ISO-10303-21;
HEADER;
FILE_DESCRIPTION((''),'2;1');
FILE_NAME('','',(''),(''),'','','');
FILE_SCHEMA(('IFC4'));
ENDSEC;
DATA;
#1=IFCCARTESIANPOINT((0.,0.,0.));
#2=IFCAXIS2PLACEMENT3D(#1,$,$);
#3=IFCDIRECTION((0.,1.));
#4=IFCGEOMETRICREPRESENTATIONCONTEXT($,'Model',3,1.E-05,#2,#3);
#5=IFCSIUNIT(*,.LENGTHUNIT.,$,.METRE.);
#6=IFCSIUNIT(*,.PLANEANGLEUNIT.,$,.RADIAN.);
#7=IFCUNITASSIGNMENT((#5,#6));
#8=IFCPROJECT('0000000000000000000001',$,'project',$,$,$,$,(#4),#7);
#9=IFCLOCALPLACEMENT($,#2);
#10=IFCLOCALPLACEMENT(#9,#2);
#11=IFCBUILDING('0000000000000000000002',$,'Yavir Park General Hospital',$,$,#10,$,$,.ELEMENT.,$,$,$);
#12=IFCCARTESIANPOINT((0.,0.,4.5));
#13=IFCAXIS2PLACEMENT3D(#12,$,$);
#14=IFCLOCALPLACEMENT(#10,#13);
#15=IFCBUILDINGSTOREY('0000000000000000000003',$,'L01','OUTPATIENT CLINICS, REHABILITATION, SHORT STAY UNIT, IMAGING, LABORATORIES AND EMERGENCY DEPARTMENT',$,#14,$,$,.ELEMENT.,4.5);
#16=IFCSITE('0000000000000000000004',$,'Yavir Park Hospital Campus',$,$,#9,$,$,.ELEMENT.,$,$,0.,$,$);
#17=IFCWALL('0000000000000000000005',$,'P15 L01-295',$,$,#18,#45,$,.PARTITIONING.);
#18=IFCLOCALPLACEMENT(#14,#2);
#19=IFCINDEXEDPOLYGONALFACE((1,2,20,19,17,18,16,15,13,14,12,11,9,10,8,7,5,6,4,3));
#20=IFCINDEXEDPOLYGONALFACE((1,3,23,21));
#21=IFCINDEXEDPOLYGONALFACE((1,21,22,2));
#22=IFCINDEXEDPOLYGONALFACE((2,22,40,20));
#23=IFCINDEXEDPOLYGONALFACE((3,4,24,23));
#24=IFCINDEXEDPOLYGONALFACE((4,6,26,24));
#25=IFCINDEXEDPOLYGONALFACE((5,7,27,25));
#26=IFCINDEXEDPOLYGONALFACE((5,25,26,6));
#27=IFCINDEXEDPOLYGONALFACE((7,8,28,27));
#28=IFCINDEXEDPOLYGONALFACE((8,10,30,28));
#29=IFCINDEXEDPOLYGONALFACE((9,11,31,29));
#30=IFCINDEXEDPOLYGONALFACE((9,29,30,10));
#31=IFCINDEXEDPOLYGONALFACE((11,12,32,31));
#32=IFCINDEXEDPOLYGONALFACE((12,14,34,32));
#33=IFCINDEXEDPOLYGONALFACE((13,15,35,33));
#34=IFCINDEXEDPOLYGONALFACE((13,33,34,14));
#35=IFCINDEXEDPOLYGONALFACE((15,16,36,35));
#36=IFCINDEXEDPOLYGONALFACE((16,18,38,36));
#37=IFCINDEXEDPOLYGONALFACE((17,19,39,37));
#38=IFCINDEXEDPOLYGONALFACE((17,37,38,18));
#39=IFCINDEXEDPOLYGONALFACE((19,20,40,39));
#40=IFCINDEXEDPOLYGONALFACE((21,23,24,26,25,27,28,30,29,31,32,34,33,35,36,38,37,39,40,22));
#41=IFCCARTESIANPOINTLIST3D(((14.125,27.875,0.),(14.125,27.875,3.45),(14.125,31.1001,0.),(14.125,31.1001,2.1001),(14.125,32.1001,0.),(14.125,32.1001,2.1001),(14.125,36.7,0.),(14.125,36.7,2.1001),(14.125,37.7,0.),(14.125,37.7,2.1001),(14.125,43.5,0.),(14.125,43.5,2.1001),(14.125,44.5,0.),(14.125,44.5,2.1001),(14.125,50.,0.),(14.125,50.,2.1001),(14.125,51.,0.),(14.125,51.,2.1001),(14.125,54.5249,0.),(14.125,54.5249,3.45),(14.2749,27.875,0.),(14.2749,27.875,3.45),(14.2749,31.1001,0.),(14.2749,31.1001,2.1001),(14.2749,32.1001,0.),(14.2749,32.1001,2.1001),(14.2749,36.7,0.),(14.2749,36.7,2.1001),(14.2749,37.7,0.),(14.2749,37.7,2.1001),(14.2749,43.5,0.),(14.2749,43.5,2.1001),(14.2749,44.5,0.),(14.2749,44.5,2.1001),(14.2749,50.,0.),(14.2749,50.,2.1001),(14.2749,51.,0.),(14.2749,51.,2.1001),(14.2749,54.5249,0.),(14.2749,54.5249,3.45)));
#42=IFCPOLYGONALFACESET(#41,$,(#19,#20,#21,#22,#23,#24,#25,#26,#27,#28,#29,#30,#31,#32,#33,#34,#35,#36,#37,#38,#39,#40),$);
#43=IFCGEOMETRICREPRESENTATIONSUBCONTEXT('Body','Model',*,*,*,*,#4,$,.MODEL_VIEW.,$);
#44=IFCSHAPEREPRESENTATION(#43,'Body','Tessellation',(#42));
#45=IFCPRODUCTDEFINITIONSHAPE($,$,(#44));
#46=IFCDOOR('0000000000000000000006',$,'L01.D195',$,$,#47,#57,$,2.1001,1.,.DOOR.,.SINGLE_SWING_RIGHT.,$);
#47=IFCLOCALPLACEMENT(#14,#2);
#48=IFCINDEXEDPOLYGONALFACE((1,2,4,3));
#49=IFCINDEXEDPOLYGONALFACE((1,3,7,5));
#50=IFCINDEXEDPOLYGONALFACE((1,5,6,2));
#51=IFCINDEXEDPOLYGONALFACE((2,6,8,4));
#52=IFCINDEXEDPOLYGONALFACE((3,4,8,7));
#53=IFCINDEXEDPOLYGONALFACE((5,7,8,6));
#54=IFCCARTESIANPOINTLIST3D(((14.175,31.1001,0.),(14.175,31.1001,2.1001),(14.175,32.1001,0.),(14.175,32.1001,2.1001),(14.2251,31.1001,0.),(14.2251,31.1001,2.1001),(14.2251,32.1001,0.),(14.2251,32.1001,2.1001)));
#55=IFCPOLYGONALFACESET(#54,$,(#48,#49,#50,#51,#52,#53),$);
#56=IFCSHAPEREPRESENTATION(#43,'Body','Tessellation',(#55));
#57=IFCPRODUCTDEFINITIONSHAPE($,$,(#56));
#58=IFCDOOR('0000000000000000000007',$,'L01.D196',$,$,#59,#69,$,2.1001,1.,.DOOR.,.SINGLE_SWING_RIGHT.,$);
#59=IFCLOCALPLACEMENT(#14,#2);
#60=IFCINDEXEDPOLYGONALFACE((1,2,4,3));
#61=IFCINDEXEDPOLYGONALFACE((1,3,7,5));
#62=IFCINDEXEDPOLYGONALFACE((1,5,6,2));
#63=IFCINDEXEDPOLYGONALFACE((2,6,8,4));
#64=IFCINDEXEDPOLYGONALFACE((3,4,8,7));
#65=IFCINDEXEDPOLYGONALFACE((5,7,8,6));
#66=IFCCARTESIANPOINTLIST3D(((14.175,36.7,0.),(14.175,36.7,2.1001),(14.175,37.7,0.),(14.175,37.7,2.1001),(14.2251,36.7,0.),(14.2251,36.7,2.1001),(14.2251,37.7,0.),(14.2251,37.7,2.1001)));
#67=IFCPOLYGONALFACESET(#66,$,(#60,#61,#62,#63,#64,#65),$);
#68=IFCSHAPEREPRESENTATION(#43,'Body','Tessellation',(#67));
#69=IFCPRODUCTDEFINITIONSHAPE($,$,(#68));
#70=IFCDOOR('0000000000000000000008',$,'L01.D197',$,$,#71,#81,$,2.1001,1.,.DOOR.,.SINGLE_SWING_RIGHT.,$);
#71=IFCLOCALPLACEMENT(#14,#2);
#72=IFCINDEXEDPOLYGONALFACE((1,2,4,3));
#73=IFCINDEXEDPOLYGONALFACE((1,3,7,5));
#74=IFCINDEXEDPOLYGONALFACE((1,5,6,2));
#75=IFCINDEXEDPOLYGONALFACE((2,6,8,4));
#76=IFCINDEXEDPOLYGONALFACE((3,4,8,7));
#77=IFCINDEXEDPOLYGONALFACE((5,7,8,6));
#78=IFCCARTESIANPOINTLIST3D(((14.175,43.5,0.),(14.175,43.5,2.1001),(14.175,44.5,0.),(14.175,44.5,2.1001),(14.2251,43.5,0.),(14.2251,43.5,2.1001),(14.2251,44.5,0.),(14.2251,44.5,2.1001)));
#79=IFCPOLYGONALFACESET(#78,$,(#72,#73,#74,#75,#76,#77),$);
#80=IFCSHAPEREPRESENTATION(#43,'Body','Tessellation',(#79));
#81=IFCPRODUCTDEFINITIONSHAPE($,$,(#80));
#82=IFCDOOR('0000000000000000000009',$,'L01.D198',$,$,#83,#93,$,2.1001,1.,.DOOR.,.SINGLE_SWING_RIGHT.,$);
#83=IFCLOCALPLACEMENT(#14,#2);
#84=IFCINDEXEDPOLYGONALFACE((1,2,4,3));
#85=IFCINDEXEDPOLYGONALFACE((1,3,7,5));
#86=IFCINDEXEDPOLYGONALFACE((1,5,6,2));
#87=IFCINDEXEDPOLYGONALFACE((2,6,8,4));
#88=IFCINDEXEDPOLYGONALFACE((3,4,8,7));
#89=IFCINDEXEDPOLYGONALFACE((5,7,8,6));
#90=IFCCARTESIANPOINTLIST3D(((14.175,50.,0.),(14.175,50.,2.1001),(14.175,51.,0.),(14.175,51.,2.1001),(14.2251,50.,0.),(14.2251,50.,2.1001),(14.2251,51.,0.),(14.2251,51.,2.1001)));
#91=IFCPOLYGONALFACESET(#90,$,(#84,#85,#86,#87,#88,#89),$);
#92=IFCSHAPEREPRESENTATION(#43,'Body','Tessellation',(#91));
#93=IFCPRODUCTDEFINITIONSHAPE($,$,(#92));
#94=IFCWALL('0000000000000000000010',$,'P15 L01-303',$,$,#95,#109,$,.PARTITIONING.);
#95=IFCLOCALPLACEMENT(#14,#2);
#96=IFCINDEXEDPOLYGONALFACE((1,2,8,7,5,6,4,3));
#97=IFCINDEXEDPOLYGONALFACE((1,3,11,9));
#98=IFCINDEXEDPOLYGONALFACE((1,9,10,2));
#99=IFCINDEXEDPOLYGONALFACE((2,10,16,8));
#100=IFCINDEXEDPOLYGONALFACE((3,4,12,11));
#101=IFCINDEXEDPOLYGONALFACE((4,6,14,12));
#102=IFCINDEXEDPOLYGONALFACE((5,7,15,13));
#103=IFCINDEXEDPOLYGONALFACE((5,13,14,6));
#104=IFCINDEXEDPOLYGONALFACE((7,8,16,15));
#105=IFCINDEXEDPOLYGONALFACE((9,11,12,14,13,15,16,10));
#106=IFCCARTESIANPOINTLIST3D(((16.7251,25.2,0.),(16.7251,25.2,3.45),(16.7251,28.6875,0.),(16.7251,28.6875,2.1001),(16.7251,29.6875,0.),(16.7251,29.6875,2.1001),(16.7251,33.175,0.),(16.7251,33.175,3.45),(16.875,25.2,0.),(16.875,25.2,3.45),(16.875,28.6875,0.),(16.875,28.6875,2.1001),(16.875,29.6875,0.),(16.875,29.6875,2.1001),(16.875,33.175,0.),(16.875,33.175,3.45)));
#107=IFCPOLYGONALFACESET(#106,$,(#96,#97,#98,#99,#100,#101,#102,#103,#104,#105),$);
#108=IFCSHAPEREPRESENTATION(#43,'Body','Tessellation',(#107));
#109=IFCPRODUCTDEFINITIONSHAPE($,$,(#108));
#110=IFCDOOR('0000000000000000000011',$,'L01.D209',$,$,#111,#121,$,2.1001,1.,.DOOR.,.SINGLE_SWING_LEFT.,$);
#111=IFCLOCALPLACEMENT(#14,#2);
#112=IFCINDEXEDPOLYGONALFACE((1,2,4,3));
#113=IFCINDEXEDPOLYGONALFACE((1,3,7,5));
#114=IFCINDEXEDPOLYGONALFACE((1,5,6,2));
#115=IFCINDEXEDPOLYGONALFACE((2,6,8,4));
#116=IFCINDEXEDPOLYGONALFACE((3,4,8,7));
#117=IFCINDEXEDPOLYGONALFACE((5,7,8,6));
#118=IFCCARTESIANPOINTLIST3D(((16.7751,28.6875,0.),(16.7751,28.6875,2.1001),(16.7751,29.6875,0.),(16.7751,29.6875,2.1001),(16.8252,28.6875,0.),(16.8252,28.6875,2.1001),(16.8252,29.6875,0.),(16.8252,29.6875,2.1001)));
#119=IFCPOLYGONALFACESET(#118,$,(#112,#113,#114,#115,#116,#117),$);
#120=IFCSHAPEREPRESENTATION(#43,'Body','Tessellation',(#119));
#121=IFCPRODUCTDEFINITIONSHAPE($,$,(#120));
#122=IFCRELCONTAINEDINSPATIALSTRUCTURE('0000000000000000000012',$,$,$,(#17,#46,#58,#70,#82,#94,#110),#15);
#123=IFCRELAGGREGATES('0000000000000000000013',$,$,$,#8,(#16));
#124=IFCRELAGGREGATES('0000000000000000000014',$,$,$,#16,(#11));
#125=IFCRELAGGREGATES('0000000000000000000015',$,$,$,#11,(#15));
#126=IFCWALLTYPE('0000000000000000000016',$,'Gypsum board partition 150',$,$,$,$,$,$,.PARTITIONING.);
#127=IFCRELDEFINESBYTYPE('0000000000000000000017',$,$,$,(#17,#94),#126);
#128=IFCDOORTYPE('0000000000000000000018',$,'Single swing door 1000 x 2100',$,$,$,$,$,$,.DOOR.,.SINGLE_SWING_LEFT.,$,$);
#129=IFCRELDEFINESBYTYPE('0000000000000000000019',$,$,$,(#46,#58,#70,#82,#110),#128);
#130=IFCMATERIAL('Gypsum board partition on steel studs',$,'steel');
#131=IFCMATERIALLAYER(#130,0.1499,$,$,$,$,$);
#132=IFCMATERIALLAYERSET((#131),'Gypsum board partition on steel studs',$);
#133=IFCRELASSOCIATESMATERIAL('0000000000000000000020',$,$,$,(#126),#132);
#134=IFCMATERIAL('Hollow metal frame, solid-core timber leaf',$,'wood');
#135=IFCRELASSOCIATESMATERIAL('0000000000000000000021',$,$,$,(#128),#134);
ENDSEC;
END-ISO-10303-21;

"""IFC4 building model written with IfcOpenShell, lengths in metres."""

from ifc_helpers import new_model, si_unit, direction, frame, frame_2d, origin, place, context, subcontext, project, spatial, rectangle, extrude, material, layer, layer_set, type_object, element, fill, save


model = new_model("IFC4")

# Units and contexts
model_context = context("Model", 3, precision=1e-05, world=origin(), true_north=direction((0.0, 1.0)))
body_context = subcontext(model_context, "Body", "Model", "MODEL_VIEW")
ifc_project = project(units=[si_unit("LENGTHUNIT", "METRE"), si_unit("PLANEANGLEUNIT", "RADIAN")], contexts=[model_context])

# Site, building, storey
site_placement = place(None, origin())
site = spatial("IfcSite", under=ifc_project, at=site_placement, Name="Yavir Park Hospital Campus", CompositionType="ELEMENT", RefElevation=0.0)
building_placement = place(site_placement, origin())
building = spatial("IfcBuilding", under=site, at=building_placement, Name="Yavir Park General Hospital", CompositionType="ELEMENT")
storey_placement = place(building_placement, frame((0.0, 0.0, 4.5)))
storey = spatial("IfcBuildingStorey", under=building, at=storey_placement, Name="L01", Description="OUTPATIENT CLINICS, REHABILITATION, SHORT STAY UNIT, IMAGING, LABORATORIES AND EMERGENCY DEPARTMENT", CompositionType="ELEMENT", Elevation=4.5)

# Shared definitions
ifc_material_1 = material(Name="Gypsum board partition on steel studs", Category="steel")
ifc_layer_1 = layer(ifc_material_1, 0.1499)
ifc_layer_set_1 = layer_set([ifc_layer_1], Name="Gypsum board partition on steel studs")
wall_type_1 = type_object("IfcWallType", Name="Gypsum board partition 150", PredefinedType="PARTITIONING", material=ifc_layer_set_1)

# Wall, openings, doors
wall_1_placement = place(storey_placement, frame((14.2, 27.875, 0.0), z_axis=(0.0, 0.0, 1.0), x_axis=(0.0, 1.0, 0.0)))
wall_1 = element("IfcWall", 1, at=wall_1_placement, inside=storey, type_object=wall_type_1, Name="P15 L01-295", PredefinedType="PARTITIONING", context=body_context, shape_type="SweptSolid", body=[
    extrude(rectangle(XDim=26.6499, YDim=0.1499, at=frame_2d((13.325, 0.0))), origin(), (0.0, 0.0, 1.0), 3.45),
])
opening_1_placement = place(wall_1_placement, frame((3.2251, 0.0, 0.0)))
opening_1 = element("IfcOpeningElement", 2, at=opening_1_placement, cuts=wall_1, PredefinedType="OPENING", context=body_context, shape_type="SweptSolid", body=[
    extrude(rectangle(XDim=1.0, YDim=2.1001, at=frame_2d((0.5, 1.05))), frame((0.0, 0.085, 0.0), z_axis=(0.0, -1.0, 0.0), x_axis=(1.0, 0.0, 0.0)), (0.0, 0.0, 1.0), 0.1699),
])
opening_2_placement = place(wall_1_placement, frame((8.825, 0.0, 0.0)))
opening_2 = element("IfcOpeningElement", 3, at=opening_2_placement, cuts=wall_1, PredefinedType="OPENING", context=body_context, shape_type="SweptSolid", body=[
    extrude(rectangle(XDim=1.0, YDim=2.1001, at=frame_2d((0.5, 1.05))), frame((0.0, 0.085, 0.0), z_axis=(0.0, -1.0, 0.0), x_axis=(1.0, 0.0, 0.0)), (0.0, 0.0, 1.0), 0.1699),
])
opening_3_placement = place(wall_1_placement, frame((15.625, 0.0, 0.0)))
opening_3 = element("IfcOpeningElement", 4, at=opening_3_placement, cuts=wall_1, PredefinedType="OPENING", context=body_context, shape_type="SweptSolid", body=[
    extrude(rectangle(XDim=1.0, YDim=2.1001, at=frame_2d((0.5, 1.05))), frame((0.0, 0.085, 0.0), z_axis=(0.0, -1.0, 0.0), x_axis=(1.0, 0.0, 0.0)), (0.0, 0.0, 1.0), 0.1699),
])
opening_4_placement = place(wall_1_placement, frame((22.125, 0.0, 0.0)))
opening_4 = element("IfcOpeningElement", 5, at=opening_4_placement, cuts=wall_1, PredefinedType="OPENING", context=body_context, shape_type="SweptSolid", body=[
    extrude(rectangle(XDim=1.0, YDim=2.1001, at=frame_2d((0.5, 1.05))), frame((0.0, 0.085, 0.0), z_axis=(0.0, -1.0, 0.0), x_axis=(1.0, 0.0, 0.0)), (0.0, 0.0, 1.0), 0.1699),
])
ifc_material_2 = material(Name="Hollow metal frame, solid-core timber leaf", Category="wood")
door_type_1 = type_object("IfcDoorType", Name="Single swing door 1000 x 2100", OperationType="SINGLE_SWING_LEFT", PredefinedType="DOOR", material=ifc_material_2)
door_1_placement = place(opening_1_placement, origin())
door_1 = element("IfcDoor", 6, at=door_1_placement, inside=storey, type_object=door_type_1, Name="L01.D195", OperationType="SINGLE_SWING_RIGHT", OverallHeight=2.1001, OverallWidth=1.0, PredefinedType="DOOR", context=body_context, shape_type="SweptSolid", body=[
    extrude(rectangle(XDim=1.0, YDim=2.1001, at=frame_2d((0.5, 1.05))), frame((0.0, 0.0249, 0.0), z_axis=(0.0, -1.0, 0.0), x_axis=(1.0, 0.0, 0.0)), (0.0, 0.0, 1.0), 0.05),
])
fill(opening_1, door_1)
door_2_placement = place(opening_2_placement, origin())
door_2 = element("IfcDoor", 7, at=door_2_placement, inside=storey, type_object=door_type_1, Name="L01.D196", OperationType="SINGLE_SWING_RIGHT", OverallHeight=2.1001, OverallWidth=1.0, PredefinedType="DOOR", context=body_context, shape_type="SweptSolid", body=[
    extrude(rectangle(XDim=1.0, YDim=2.1001, at=frame_2d((0.5, 1.05))), frame((0.0, 0.0249, 0.0), z_axis=(0.0, -1.0, 0.0), x_axis=(1.0, 0.0, 0.0)), (0.0, 0.0, 1.0), 0.05),
])
fill(opening_2, door_2)
door_3_placement = place(opening_3_placement, origin())
door_3 = element("IfcDoor", 8, at=door_3_placement, inside=storey, type_object=door_type_1, Name="L01.D197", OperationType="SINGLE_SWING_RIGHT", OverallHeight=2.1001, OverallWidth=1.0, PredefinedType="DOOR", context=body_context, shape_type="SweptSolid", body=[
    extrude(rectangle(XDim=1.0, YDim=2.1001, at=frame_2d((0.5, 1.05))), frame((0.0, 0.0249, 0.0), z_axis=(0.0, -1.0, 0.0), x_axis=(1.0, 0.0, 0.0)), (0.0, 0.0, 1.0), 0.05),
])
fill(opening_3, door_3)
door_4_placement = place(opening_4_placement, origin())
door_4 = element("IfcDoor", 9, at=door_4_placement, inside=storey, type_object=door_type_1, Name="L01.D198", OperationType="SINGLE_SWING_RIGHT", OverallHeight=2.1001, OverallWidth=1.0, PredefinedType="DOOR", context=body_context, shape_type="SweptSolid", body=[
    extrude(rectangle(XDim=1.0, YDim=2.1001, at=frame_2d((0.5, 1.05))), frame((0.0, 0.0249, 0.0), z_axis=(0.0, -1.0, 0.0), x_axis=(1.0, 0.0, 0.0)), (0.0, 0.0, 1.0), 0.05),
])
fill(opening_4, door_4)

# Wall, opening, door
wall_2_placement = place(storey_placement, frame((16.8, 25.2, 0.0), z_axis=(0.0, 0.0, 1.0), x_axis=(0.0, 1.0, 0.0)))
wall_2 = element("IfcWall", 10, at=wall_2_placement, inside=storey, type_object=wall_type_1, Name="P15 L01-303", PredefinedType="PARTITIONING", context=body_context, shape_type="SweptSolid", body=[
    extrude(rectangle(XDim=7.9751, YDim=0.1499, at=frame_2d((3.9875, 0.0))), origin(), (0.0, 0.0, 1.0), 3.45),
])
opening_5_placement = place(wall_2_placement, frame((3.4875, 0.0, 0.0)))
opening_5 = element("IfcOpeningElement", 11, at=opening_5_placement, cuts=wall_2, PredefinedType="OPENING", context=body_context, shape_type="SweptSolid", body=[
    extrude(rectangle(XDim=1.0, YDim=2.1001, at=frame_2d((0.5, 1.05))), frame((0.0, 0.085, 0.0), z_axis=(0.0, -1.0, 0.0), x_axis=(1.0, 0.0, 0.0)), (0.0, 0.0, 1.0), 0.1699),
])
door_5_placement = place(opening_5_placement, origin())
door_5 = element("IfcDoor", 12, at=door_5_placement, inside=storey, type_object=door_type_1, Name="L01.D209", OperationType="SINGLE_SWING_LEFT", OverallHeight=2.1001, OverallWidth=1.0, PredefinedType="DOOR", context=body_context, shape_type="SweptSolid", body=[
    extrude(rectangle(XDim=1.0, YDim=2.1001, at=frame_2d((0.5, 1.05))), frame((0.0, 0.0249, 0.0), z_axis=(0.0, -1.0, 0.0), x_axis=(1.0, 0.0, 0.0)), (0.0, 0.0, 1.0), 0.05),
])
fill(opening_5, door_5)

save(model, "model.ifc")
